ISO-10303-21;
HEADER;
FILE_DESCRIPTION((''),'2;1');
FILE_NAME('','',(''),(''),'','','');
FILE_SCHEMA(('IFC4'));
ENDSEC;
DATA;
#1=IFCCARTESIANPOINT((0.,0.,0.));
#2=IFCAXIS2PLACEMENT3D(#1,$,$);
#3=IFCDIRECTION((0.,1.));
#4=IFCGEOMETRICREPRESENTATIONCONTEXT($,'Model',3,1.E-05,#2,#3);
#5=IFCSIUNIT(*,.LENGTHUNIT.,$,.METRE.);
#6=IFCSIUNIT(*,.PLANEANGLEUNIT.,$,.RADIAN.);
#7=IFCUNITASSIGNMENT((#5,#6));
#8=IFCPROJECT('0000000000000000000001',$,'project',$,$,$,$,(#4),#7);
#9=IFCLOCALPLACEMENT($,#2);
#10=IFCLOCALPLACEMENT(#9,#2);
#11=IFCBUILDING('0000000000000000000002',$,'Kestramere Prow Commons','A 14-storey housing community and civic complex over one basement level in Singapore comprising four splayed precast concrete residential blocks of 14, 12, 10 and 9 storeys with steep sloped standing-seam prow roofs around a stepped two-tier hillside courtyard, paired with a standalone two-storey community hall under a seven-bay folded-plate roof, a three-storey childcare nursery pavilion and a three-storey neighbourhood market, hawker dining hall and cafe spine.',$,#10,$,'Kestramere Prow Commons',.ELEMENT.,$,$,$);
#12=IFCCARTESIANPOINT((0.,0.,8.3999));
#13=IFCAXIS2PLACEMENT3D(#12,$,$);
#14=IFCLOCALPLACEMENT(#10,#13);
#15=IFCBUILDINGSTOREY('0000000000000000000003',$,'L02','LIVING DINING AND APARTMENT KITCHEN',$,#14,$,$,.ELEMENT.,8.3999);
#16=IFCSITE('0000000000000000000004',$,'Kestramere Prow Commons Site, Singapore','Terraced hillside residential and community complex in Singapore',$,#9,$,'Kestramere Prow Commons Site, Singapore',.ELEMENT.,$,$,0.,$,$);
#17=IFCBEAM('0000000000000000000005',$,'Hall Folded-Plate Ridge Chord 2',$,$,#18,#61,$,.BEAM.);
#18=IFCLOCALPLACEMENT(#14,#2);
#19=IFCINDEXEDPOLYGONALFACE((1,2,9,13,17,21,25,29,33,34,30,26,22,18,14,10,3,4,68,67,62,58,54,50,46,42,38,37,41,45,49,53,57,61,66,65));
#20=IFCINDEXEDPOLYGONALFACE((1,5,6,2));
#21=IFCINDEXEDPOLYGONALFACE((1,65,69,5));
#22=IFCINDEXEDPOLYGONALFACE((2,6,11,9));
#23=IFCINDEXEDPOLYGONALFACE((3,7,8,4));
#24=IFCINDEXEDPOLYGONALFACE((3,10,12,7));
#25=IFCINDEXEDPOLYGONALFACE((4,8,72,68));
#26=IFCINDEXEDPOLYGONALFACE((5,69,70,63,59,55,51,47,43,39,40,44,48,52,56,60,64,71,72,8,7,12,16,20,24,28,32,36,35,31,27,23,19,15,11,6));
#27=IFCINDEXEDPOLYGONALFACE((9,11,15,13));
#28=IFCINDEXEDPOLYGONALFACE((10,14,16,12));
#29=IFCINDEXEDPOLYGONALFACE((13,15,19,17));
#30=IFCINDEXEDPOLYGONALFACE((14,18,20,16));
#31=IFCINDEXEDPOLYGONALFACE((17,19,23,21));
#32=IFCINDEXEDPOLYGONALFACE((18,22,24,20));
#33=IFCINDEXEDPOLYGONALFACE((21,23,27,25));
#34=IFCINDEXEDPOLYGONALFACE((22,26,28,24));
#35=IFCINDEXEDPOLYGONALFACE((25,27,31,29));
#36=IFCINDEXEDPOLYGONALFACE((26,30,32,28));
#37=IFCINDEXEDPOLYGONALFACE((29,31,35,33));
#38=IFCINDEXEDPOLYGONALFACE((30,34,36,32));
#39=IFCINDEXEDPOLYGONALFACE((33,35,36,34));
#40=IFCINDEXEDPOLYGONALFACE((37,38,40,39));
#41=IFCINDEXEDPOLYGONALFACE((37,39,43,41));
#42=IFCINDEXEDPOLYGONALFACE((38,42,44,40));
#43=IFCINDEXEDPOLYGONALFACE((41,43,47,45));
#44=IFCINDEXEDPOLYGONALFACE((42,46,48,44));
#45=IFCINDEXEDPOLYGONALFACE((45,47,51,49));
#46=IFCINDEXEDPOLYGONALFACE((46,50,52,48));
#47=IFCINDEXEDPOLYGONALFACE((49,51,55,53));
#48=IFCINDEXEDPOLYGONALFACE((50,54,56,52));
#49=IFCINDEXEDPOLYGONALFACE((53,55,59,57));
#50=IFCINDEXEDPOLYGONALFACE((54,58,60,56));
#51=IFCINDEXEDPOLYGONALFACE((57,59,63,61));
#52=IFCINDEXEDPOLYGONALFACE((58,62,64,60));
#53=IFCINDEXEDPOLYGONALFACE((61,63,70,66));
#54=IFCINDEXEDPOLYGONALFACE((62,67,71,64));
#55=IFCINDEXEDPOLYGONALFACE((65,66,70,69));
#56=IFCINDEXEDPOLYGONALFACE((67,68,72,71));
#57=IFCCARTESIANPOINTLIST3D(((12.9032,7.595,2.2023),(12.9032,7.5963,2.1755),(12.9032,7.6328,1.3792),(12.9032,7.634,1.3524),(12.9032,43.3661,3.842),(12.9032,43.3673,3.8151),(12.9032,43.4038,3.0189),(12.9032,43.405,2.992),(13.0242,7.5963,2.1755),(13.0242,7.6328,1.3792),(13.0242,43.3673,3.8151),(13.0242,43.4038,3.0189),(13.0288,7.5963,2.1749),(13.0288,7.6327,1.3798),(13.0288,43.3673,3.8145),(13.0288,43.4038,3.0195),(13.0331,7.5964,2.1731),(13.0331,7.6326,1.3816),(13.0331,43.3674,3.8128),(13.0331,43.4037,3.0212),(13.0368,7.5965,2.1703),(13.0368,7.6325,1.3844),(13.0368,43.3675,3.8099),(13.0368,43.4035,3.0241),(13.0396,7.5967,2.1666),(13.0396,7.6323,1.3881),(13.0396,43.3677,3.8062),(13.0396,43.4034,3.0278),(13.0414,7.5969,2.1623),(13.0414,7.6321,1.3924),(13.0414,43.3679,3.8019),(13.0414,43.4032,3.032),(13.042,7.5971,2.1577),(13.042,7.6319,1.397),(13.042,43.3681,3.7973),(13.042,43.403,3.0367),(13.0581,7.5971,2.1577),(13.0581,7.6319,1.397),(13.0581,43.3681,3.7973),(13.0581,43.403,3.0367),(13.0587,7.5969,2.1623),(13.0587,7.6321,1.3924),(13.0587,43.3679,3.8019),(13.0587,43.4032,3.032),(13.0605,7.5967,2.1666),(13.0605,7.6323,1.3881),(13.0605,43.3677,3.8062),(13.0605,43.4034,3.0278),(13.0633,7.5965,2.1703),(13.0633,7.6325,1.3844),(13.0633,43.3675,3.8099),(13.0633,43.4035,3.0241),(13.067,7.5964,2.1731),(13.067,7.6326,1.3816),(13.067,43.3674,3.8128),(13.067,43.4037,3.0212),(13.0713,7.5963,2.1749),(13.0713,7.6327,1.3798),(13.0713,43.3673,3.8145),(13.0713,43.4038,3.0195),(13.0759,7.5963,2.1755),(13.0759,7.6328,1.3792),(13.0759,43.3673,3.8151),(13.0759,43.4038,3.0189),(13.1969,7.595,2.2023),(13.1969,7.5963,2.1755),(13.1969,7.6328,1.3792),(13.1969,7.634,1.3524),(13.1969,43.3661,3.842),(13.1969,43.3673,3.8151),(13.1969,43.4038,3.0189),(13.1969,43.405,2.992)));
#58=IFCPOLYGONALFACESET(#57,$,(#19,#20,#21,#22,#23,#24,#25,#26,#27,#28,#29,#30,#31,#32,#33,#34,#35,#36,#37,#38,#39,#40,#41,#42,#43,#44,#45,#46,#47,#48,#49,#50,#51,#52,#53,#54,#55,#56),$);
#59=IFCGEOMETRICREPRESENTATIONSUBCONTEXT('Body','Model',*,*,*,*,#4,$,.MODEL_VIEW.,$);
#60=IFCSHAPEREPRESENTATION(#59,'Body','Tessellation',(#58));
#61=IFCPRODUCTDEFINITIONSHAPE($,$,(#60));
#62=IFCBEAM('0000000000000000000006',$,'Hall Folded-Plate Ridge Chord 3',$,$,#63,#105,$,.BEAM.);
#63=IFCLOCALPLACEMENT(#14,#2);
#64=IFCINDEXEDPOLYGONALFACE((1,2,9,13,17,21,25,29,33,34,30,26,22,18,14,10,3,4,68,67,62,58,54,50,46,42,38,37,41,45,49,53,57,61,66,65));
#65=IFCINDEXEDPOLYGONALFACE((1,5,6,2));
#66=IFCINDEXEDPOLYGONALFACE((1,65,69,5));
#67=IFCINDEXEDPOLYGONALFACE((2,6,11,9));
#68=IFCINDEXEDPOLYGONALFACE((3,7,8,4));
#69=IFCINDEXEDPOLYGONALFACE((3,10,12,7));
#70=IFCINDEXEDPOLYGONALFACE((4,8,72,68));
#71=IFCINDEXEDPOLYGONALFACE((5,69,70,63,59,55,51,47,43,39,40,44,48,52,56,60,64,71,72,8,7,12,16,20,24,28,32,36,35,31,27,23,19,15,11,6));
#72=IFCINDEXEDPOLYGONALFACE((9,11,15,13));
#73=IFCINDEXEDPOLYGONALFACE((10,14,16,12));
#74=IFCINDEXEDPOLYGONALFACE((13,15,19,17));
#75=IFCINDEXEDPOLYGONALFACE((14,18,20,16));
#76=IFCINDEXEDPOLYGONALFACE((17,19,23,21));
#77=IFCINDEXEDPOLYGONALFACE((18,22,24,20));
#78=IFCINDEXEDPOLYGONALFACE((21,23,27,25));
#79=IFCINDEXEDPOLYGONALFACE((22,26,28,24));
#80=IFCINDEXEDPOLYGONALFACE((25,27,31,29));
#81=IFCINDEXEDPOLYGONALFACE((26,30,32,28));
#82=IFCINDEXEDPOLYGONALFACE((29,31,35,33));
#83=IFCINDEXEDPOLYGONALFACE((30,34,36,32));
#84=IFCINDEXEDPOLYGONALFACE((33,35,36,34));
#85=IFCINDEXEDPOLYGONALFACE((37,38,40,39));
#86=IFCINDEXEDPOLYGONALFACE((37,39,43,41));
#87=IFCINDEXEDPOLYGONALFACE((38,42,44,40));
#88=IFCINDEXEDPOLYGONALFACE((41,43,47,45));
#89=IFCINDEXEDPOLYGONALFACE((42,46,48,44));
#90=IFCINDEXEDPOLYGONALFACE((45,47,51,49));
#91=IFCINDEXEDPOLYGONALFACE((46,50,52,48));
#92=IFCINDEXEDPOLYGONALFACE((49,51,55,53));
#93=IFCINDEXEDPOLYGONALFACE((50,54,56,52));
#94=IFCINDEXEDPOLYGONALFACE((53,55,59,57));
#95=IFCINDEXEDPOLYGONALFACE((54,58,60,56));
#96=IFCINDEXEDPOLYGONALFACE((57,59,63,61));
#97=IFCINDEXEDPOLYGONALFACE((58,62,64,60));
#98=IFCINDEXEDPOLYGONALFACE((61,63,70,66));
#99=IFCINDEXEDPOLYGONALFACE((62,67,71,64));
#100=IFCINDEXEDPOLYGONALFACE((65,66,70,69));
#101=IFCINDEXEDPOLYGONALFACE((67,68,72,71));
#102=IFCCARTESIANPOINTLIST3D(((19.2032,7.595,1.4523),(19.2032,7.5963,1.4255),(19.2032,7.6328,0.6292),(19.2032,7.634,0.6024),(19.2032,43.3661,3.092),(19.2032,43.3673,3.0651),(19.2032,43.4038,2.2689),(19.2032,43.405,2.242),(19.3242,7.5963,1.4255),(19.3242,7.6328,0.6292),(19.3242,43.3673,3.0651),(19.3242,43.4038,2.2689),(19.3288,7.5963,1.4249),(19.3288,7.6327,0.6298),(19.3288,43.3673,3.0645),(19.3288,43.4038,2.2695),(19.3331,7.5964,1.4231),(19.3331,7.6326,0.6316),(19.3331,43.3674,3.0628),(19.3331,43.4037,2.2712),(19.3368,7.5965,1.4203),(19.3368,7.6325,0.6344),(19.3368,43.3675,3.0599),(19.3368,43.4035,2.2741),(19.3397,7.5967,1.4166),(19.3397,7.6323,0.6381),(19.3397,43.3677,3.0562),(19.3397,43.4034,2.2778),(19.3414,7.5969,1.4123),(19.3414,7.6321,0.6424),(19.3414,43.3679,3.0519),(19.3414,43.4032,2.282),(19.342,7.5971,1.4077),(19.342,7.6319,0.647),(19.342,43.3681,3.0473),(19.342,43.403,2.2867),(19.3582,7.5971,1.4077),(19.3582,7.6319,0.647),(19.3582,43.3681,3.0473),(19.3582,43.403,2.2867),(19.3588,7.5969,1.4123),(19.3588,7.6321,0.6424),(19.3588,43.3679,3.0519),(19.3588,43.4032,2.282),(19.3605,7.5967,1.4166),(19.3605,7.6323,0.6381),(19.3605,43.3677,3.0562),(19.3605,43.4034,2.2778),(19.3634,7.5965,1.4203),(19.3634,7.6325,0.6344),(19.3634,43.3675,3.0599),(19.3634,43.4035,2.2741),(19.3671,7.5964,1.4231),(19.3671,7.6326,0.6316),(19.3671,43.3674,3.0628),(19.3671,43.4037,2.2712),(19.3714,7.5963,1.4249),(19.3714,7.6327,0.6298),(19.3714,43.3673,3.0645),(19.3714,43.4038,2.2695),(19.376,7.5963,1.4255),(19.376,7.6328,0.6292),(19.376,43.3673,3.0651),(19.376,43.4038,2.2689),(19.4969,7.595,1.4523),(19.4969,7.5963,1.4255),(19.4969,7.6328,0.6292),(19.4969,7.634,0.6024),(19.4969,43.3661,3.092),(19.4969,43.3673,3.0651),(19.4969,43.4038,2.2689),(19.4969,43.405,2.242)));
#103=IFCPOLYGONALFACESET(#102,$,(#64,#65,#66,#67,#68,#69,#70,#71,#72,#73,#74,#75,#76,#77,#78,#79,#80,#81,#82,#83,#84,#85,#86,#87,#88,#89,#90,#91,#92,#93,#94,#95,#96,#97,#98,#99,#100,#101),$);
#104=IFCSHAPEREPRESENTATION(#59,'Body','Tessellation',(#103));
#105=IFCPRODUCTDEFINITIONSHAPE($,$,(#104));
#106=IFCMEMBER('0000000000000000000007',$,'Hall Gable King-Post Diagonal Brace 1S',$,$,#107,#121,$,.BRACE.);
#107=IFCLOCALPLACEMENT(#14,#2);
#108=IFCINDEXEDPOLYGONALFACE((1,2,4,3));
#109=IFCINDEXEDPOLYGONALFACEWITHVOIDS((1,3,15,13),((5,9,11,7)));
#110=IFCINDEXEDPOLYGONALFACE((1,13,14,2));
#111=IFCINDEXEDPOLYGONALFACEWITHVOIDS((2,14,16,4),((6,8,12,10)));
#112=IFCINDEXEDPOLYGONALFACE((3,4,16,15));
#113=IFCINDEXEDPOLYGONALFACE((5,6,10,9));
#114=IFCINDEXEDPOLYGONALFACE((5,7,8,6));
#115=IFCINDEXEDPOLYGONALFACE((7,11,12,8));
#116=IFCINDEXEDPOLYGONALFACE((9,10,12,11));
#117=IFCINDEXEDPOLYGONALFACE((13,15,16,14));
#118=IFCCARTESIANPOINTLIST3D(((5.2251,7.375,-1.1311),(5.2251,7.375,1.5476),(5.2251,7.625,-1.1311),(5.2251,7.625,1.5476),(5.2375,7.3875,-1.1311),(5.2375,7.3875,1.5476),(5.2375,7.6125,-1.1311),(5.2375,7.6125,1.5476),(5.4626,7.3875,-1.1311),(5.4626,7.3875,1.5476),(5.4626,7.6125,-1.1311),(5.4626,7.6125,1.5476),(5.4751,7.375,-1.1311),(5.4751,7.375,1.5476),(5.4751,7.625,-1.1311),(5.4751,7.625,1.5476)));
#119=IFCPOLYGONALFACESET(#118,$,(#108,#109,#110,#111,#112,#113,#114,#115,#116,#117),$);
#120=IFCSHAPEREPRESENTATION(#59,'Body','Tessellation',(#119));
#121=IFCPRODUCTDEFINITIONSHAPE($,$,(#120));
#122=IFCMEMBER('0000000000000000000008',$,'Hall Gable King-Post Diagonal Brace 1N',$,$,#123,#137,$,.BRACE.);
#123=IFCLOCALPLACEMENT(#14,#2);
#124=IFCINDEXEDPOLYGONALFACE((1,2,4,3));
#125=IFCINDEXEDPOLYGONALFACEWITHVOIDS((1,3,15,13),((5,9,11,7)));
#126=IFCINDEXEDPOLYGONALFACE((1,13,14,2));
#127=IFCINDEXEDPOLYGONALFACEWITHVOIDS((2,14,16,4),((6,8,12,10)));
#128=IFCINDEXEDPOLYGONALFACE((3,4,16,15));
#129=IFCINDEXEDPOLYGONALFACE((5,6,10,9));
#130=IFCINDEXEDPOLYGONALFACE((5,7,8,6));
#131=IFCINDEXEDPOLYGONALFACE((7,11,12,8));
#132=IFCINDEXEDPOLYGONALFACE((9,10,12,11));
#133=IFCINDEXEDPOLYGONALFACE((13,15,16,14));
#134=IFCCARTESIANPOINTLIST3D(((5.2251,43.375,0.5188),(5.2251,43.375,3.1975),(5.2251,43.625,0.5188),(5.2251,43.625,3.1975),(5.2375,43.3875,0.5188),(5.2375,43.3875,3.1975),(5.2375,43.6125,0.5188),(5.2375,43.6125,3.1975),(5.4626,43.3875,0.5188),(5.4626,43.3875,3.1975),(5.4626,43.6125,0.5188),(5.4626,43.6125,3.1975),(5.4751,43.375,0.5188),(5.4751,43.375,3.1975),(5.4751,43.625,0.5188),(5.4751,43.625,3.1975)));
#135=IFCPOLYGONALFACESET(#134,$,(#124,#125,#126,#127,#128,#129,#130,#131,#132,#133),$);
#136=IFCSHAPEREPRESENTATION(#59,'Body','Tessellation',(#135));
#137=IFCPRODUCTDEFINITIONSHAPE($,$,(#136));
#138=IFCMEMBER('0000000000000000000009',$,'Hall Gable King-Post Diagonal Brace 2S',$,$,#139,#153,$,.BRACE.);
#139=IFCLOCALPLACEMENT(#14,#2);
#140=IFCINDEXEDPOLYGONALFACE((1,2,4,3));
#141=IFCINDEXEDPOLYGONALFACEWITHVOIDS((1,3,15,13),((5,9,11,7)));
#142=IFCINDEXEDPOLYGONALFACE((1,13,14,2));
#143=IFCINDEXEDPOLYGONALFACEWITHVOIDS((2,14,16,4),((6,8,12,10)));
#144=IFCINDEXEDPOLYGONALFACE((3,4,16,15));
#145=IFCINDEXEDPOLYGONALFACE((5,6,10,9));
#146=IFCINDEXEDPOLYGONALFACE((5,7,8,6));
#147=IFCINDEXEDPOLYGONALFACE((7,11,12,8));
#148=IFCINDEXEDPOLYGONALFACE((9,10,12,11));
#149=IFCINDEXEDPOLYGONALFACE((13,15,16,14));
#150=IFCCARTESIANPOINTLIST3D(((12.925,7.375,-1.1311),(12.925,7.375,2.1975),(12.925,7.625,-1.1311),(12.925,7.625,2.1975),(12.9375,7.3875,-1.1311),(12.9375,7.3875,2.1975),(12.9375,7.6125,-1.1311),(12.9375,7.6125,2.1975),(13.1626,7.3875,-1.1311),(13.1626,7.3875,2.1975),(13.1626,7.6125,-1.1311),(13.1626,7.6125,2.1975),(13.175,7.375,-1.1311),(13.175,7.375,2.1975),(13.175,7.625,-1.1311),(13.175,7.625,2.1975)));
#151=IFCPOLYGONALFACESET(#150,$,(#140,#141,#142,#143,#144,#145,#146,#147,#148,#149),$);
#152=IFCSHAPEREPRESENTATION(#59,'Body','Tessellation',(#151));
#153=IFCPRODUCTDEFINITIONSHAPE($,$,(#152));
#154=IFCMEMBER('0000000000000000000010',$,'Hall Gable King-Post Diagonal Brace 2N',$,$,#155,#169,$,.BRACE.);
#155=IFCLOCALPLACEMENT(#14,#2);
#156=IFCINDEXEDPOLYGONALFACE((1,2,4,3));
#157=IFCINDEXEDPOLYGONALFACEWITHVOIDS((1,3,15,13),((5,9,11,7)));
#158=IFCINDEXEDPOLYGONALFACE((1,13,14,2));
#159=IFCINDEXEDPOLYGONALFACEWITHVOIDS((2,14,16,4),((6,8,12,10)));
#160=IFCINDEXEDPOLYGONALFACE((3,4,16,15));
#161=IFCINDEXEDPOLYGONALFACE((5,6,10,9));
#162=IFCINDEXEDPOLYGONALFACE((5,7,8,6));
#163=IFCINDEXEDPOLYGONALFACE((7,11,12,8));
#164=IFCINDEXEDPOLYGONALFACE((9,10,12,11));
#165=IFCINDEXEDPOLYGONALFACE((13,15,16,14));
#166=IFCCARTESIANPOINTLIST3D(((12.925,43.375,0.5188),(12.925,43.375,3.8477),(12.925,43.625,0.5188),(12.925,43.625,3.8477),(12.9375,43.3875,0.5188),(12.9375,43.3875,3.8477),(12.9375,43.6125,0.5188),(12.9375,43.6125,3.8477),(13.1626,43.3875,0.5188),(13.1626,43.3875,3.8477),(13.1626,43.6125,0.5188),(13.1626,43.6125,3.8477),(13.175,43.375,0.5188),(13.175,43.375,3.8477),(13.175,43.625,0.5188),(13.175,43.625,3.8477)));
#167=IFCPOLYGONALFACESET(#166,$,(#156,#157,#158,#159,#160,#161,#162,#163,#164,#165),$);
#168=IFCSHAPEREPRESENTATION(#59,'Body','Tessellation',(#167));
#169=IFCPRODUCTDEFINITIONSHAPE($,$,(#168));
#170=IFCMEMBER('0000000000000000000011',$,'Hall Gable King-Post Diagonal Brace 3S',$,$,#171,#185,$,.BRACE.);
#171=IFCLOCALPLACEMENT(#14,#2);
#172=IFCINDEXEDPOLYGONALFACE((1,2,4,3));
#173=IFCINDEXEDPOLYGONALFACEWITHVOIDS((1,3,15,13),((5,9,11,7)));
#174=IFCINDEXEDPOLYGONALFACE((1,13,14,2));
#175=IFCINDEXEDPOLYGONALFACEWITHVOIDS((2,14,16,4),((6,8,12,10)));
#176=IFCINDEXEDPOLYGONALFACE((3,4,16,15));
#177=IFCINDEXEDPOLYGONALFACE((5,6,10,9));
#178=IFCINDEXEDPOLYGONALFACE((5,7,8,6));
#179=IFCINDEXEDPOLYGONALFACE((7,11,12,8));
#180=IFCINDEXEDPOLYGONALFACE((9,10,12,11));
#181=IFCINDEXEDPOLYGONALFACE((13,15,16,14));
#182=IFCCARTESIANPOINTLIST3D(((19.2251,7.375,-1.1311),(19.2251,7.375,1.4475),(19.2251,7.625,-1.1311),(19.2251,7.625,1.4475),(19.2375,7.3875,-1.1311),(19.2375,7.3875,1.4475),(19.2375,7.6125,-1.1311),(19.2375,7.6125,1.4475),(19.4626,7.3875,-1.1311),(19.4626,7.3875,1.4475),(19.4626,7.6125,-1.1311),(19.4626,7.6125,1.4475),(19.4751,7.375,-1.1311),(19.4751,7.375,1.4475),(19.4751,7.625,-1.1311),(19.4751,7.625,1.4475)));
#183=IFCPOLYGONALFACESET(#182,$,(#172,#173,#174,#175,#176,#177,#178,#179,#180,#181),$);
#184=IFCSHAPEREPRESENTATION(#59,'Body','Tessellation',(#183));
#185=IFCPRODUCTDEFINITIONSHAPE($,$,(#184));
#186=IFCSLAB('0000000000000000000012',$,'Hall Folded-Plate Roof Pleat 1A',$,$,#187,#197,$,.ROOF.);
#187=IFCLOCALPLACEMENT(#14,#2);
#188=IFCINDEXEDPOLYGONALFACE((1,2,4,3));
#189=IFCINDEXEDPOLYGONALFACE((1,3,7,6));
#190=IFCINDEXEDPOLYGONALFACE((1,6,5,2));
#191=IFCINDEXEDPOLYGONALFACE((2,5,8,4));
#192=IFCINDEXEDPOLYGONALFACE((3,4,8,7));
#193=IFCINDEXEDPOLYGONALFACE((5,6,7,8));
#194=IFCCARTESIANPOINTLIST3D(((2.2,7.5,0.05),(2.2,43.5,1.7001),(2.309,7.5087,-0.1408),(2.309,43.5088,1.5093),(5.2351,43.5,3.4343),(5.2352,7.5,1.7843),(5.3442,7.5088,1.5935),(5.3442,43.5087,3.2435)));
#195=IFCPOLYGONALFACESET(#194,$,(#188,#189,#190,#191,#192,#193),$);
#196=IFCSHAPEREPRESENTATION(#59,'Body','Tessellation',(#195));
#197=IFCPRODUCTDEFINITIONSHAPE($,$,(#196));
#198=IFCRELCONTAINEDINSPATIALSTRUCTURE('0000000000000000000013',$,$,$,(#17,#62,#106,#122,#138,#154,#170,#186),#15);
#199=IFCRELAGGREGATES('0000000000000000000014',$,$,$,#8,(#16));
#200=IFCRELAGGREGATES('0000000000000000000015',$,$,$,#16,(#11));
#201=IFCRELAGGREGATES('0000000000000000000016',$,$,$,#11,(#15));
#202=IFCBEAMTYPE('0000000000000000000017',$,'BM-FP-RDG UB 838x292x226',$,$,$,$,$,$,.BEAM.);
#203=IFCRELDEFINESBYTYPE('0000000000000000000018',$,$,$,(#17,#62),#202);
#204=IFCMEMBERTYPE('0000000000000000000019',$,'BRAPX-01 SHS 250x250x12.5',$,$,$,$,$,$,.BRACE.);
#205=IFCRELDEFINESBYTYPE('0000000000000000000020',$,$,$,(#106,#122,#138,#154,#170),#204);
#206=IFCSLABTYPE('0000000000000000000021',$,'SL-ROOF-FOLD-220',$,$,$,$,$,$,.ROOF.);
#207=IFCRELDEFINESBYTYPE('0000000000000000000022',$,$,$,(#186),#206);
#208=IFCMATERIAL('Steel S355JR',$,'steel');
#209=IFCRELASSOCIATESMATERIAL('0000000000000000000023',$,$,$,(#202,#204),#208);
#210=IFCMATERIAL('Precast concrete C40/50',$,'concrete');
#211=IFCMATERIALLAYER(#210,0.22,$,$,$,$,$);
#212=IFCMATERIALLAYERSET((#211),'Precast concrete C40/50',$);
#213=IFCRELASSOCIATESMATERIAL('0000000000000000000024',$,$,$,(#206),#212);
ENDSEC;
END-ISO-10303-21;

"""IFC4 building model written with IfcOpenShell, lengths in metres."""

from ifc_helpers import new_model, si_unit, direction, frame, origin, origin_2d, place, context, subcontext, project, spatial, polyline, hollow_rectangle, i_section, outline, extrude, material, layer, layer_set, material_profile, profile_set, type_object, element, save


model = new_model("IFC4")

# Units and contexts
model_context = context("Model", 3, precision=1e-05, world=origin(), true_north=direction((0.0, 1.0)))
body_context = subcontext(model_context, "Body", "Model", "MODEL_VIEW")
ifc_project = project(units=[si_unit("LENGTHUNIT", "METRE"), si_unit("PLANEANGLEUNIT", "RADIAN")], contexts=[model_context])

# Site, building, storey
site_placement = place(None, origin())
site = spatial("IfcSite", under=ifc_project, at=site_placement, Name="Kestramere Prow Commons Site, Singapore", Description="Terraced hillside residential and community complex in Singapore", LongName="Kestramere Prow Commons Site, Singapore", CompositionType="ELEMENT", RefElevation=0.0)
building_placement = place(site_placement, origin())
building = spatial("IfcBuilding", under=site, at=building_placement, Name="Kestramere Prow Commons", Description="A 14-storey housing community and civic complex over one basement level in Singapore comprising four splayed precast concrete residential blocks of 14, 12, 10 and 9 storeys with steep sloped standing-seam prow roofs around a stepped two-tier hillside courtyard, paired with a standalone two-storey community hall under a seven-bay folded-plate roof, a three-storey childcare nursery pavilion and a three-storey neighbourhood market, hawker dining hall and cafe spine.", LongName="Kestramere Prow Commons", CompositionType="ELEMENT")
storey_placement = place(building_placement, frame((0.0, 0.0, 8.3999)))
storey = spatial("IfcBuildingStorey", under=building, at=storey_placement, Name="L02", Description="LIVING DINING AND APARTMENT KITCHEN", CompositionType="ELEMENT", Elevation=8.3999)

# Beams
ifc_material_1 = material(Name="Steel S355JR", Category="steel")
ifc_material_profile_1 = material_profile(ifc_material_1, i_section(OverallWidth=0.2937, OverallDepth=0.8508, WebThickness=0.0161, FlangeThickness=0.0269, FilletRadius=0.0178, at=origin_2d()), Name="UB 838x292x226")
ifc_profile_set_1 = profile_set([ifc_material_profile_1], Name="Steel S355JR")
beam_type_1 = type_object("IfcBeamType", Name="BM-FP-RDG UB 838x292x226", PredefinedType="BEAM", material=ifc_profile_set_1)
for number, where, z_axis, x_axis, name in (
    (1, (13.05, 7.6145, 1.7773), (0.0, 0.998951, 0.045789), (-1.0, 0.0, 0.0), "Hall Folded-Plate Ridge Chord 2"),
    (2, (19.3501, 7.6145, 1.0273), (0.0, 0.998951, 0.045789), (-1.0, 0.0, 0.0), "Hall Folded-Plate Ridge Chord 3"),
):
    element("IfcBeam", number, at=place(storey_placement, frame(where, z_axis=z_axis, x_axis=x_axis)), inside=storey, type_object=beam_type_1, Name=name, PredefinedType="BEAM", context=body_context, shape_type="SweptSolid", body=[
        extrude(i_section(OverallWidth=0.2937, OverallDepth=0.8508, WebThickness=0.0161, FlangeThickness=0.0269, FilletRadius=0.0178, at=origin_2d()), origin(), (0.0, 0.0, 1.0), 35.8086),
    ])

# Members
ifc_material_profile_2 = material_profile(ifc_material_1, hollow_rectangle(XDim=0.25, YDim=0.25, WallThickness=0.0125, at=origin_2d()), Name="SHS 250x250x12.5")
ifc_profile_set_2 = profile_set([ifc_material_profile_2], Name="Steel S355JR")
member_type = type_object("IfcMemberType", Name="BRAPX-01 SHS 250x250x12.5", PredefinedType="BRACE", material=ifc_profile_set_2)
for number, where, z_axis, x_axis, name in (
    (3, (5.3501, 7.5, -1.1311), (0.0, 0.0, 1.0), (1.0, 0.0, 0.0), "Hall Gable King-Post Diagonal Brace 1S"),
    (4, (5.3501, 43.5, 0.5188), (0.0, 0.0, 1.0), (1.0, 0.0, 0.0), "Hall Gable King-Post Diagonal Brace 1N"),
):
    element("IfcMember", number, at=place(storey_placement, frame(where, z_axis=z_axis, x_axis=x_axis)), inside=storey, type_object=member_type, Name=name, PredefinedType="BRACE", context=body_context, shape_type="SweptSolid", body=[
        extrude(hollow_rectangle(XDim=0.25, YDim=0.25, WallThickness=0.0125, at=origin_2d()), origin(), (0.0, 0.0, 1.0), 2.6787),
    ])
member_1_placement = place(storey_placement, frame((13.05, 7.5, -1.1311), z_axis=(0.0, 0.0, 1.0), x_axis=(1.0, 0.0, 0.0)))
element("IfcMember", 5, at=member_1_placement, inside=storey, type_object=member_type, Name="Hall Gable King-Post Diagonal Brace 2S", PredefinedType="BRACE", context=body_context, shape_type="SweptSolid", body=[
    extrude(hollow_rectangle(XDim=0.25, YDim=0.25, WallThickness=0.0125, at=origin_2d()), origin(), (0.0, 0.0, 1.0), 3.3286),
])
member_2_placement = place(storey_placement, frame((13.05, 43.5, 0.5188), z_axis=(0.0, 0.0, 1.0), x_axis=(1.0, 0.0, 0.0)))
element("IfcMember", 6, at=member_2_placement, inside=storey, type_object=member_type, Name="Hall Gable King-Post Diagonal Brace 2N", PredefinedType="BRACE", context=body_context, shape_type="SweptSolid", body=[
    extrude(hollow_rectangle(XDim=0.25, YDim=0.25, WallThickness=0.0125, at=origin_2d()), origin(), (0.0, 0.0, 1.0), 3.3289),
])
member_3_placement = place(storey_placement, frame((19.3501, 7.5, -1.1311), z_axis=(0.0, 0.0, 1.0), x_axis=(1.0, 0.0, 0.0)))
element("IfcMember", 7, at=member_3_placement, inside=storey, type_object=member_type, Name="Hall Gable King-Post Diagonal Brace 3S", PredefinedType="BRACE", context=body_context, shape_type="SweptSolid", body=[
    extrude(hollow_rectangle(XDim=0.25, YDim=0.25, WallThickness=0.0125, at=origin_2d()), origin(), (0.0, 0.0, 1.0), 2.5786),
])

# Slab
ifc_material_2 = material(Name="Precast concrete C40/50", Category="concrete")
ifc_layer_1 = layer(ifc_material_2, 0.22)
ifc_layer_set_1 = layer_set([ifc_layer_1], Name="Precast concrete C40/50")
slab_type = type_object("IfcSlabType", Name="SL-ROOF-FOLD-220", PredefinedType="ROOF", material=ifc_layer_set_1)
slab_1_placement = place(storey_placement, frame((2.2, 7.5, 0.05), z_axis=(-0.49572, -0.039764, 0.867571), x_axis=(0.868258, 0.000001, 0.496113)))
element("IfcSlab", 8, at=slab_1_placement, inside=storey, type_object=slab_type, Name="Hall Folded-Plate Roof Pleat 1A", PredefinedType="ROOF", context=body_context, shape_type="SweptSolid", body=[
    extrude(outline(polyline([(0.0, 0.0), (3.4957, 0.0), (4.3143, 36.0285), (0.8187, 36.0285), (0.0, 0.0)])), origin(), (0.0, 0.0, -1.0), 0.22),
])

save(model, "model.ifc")
